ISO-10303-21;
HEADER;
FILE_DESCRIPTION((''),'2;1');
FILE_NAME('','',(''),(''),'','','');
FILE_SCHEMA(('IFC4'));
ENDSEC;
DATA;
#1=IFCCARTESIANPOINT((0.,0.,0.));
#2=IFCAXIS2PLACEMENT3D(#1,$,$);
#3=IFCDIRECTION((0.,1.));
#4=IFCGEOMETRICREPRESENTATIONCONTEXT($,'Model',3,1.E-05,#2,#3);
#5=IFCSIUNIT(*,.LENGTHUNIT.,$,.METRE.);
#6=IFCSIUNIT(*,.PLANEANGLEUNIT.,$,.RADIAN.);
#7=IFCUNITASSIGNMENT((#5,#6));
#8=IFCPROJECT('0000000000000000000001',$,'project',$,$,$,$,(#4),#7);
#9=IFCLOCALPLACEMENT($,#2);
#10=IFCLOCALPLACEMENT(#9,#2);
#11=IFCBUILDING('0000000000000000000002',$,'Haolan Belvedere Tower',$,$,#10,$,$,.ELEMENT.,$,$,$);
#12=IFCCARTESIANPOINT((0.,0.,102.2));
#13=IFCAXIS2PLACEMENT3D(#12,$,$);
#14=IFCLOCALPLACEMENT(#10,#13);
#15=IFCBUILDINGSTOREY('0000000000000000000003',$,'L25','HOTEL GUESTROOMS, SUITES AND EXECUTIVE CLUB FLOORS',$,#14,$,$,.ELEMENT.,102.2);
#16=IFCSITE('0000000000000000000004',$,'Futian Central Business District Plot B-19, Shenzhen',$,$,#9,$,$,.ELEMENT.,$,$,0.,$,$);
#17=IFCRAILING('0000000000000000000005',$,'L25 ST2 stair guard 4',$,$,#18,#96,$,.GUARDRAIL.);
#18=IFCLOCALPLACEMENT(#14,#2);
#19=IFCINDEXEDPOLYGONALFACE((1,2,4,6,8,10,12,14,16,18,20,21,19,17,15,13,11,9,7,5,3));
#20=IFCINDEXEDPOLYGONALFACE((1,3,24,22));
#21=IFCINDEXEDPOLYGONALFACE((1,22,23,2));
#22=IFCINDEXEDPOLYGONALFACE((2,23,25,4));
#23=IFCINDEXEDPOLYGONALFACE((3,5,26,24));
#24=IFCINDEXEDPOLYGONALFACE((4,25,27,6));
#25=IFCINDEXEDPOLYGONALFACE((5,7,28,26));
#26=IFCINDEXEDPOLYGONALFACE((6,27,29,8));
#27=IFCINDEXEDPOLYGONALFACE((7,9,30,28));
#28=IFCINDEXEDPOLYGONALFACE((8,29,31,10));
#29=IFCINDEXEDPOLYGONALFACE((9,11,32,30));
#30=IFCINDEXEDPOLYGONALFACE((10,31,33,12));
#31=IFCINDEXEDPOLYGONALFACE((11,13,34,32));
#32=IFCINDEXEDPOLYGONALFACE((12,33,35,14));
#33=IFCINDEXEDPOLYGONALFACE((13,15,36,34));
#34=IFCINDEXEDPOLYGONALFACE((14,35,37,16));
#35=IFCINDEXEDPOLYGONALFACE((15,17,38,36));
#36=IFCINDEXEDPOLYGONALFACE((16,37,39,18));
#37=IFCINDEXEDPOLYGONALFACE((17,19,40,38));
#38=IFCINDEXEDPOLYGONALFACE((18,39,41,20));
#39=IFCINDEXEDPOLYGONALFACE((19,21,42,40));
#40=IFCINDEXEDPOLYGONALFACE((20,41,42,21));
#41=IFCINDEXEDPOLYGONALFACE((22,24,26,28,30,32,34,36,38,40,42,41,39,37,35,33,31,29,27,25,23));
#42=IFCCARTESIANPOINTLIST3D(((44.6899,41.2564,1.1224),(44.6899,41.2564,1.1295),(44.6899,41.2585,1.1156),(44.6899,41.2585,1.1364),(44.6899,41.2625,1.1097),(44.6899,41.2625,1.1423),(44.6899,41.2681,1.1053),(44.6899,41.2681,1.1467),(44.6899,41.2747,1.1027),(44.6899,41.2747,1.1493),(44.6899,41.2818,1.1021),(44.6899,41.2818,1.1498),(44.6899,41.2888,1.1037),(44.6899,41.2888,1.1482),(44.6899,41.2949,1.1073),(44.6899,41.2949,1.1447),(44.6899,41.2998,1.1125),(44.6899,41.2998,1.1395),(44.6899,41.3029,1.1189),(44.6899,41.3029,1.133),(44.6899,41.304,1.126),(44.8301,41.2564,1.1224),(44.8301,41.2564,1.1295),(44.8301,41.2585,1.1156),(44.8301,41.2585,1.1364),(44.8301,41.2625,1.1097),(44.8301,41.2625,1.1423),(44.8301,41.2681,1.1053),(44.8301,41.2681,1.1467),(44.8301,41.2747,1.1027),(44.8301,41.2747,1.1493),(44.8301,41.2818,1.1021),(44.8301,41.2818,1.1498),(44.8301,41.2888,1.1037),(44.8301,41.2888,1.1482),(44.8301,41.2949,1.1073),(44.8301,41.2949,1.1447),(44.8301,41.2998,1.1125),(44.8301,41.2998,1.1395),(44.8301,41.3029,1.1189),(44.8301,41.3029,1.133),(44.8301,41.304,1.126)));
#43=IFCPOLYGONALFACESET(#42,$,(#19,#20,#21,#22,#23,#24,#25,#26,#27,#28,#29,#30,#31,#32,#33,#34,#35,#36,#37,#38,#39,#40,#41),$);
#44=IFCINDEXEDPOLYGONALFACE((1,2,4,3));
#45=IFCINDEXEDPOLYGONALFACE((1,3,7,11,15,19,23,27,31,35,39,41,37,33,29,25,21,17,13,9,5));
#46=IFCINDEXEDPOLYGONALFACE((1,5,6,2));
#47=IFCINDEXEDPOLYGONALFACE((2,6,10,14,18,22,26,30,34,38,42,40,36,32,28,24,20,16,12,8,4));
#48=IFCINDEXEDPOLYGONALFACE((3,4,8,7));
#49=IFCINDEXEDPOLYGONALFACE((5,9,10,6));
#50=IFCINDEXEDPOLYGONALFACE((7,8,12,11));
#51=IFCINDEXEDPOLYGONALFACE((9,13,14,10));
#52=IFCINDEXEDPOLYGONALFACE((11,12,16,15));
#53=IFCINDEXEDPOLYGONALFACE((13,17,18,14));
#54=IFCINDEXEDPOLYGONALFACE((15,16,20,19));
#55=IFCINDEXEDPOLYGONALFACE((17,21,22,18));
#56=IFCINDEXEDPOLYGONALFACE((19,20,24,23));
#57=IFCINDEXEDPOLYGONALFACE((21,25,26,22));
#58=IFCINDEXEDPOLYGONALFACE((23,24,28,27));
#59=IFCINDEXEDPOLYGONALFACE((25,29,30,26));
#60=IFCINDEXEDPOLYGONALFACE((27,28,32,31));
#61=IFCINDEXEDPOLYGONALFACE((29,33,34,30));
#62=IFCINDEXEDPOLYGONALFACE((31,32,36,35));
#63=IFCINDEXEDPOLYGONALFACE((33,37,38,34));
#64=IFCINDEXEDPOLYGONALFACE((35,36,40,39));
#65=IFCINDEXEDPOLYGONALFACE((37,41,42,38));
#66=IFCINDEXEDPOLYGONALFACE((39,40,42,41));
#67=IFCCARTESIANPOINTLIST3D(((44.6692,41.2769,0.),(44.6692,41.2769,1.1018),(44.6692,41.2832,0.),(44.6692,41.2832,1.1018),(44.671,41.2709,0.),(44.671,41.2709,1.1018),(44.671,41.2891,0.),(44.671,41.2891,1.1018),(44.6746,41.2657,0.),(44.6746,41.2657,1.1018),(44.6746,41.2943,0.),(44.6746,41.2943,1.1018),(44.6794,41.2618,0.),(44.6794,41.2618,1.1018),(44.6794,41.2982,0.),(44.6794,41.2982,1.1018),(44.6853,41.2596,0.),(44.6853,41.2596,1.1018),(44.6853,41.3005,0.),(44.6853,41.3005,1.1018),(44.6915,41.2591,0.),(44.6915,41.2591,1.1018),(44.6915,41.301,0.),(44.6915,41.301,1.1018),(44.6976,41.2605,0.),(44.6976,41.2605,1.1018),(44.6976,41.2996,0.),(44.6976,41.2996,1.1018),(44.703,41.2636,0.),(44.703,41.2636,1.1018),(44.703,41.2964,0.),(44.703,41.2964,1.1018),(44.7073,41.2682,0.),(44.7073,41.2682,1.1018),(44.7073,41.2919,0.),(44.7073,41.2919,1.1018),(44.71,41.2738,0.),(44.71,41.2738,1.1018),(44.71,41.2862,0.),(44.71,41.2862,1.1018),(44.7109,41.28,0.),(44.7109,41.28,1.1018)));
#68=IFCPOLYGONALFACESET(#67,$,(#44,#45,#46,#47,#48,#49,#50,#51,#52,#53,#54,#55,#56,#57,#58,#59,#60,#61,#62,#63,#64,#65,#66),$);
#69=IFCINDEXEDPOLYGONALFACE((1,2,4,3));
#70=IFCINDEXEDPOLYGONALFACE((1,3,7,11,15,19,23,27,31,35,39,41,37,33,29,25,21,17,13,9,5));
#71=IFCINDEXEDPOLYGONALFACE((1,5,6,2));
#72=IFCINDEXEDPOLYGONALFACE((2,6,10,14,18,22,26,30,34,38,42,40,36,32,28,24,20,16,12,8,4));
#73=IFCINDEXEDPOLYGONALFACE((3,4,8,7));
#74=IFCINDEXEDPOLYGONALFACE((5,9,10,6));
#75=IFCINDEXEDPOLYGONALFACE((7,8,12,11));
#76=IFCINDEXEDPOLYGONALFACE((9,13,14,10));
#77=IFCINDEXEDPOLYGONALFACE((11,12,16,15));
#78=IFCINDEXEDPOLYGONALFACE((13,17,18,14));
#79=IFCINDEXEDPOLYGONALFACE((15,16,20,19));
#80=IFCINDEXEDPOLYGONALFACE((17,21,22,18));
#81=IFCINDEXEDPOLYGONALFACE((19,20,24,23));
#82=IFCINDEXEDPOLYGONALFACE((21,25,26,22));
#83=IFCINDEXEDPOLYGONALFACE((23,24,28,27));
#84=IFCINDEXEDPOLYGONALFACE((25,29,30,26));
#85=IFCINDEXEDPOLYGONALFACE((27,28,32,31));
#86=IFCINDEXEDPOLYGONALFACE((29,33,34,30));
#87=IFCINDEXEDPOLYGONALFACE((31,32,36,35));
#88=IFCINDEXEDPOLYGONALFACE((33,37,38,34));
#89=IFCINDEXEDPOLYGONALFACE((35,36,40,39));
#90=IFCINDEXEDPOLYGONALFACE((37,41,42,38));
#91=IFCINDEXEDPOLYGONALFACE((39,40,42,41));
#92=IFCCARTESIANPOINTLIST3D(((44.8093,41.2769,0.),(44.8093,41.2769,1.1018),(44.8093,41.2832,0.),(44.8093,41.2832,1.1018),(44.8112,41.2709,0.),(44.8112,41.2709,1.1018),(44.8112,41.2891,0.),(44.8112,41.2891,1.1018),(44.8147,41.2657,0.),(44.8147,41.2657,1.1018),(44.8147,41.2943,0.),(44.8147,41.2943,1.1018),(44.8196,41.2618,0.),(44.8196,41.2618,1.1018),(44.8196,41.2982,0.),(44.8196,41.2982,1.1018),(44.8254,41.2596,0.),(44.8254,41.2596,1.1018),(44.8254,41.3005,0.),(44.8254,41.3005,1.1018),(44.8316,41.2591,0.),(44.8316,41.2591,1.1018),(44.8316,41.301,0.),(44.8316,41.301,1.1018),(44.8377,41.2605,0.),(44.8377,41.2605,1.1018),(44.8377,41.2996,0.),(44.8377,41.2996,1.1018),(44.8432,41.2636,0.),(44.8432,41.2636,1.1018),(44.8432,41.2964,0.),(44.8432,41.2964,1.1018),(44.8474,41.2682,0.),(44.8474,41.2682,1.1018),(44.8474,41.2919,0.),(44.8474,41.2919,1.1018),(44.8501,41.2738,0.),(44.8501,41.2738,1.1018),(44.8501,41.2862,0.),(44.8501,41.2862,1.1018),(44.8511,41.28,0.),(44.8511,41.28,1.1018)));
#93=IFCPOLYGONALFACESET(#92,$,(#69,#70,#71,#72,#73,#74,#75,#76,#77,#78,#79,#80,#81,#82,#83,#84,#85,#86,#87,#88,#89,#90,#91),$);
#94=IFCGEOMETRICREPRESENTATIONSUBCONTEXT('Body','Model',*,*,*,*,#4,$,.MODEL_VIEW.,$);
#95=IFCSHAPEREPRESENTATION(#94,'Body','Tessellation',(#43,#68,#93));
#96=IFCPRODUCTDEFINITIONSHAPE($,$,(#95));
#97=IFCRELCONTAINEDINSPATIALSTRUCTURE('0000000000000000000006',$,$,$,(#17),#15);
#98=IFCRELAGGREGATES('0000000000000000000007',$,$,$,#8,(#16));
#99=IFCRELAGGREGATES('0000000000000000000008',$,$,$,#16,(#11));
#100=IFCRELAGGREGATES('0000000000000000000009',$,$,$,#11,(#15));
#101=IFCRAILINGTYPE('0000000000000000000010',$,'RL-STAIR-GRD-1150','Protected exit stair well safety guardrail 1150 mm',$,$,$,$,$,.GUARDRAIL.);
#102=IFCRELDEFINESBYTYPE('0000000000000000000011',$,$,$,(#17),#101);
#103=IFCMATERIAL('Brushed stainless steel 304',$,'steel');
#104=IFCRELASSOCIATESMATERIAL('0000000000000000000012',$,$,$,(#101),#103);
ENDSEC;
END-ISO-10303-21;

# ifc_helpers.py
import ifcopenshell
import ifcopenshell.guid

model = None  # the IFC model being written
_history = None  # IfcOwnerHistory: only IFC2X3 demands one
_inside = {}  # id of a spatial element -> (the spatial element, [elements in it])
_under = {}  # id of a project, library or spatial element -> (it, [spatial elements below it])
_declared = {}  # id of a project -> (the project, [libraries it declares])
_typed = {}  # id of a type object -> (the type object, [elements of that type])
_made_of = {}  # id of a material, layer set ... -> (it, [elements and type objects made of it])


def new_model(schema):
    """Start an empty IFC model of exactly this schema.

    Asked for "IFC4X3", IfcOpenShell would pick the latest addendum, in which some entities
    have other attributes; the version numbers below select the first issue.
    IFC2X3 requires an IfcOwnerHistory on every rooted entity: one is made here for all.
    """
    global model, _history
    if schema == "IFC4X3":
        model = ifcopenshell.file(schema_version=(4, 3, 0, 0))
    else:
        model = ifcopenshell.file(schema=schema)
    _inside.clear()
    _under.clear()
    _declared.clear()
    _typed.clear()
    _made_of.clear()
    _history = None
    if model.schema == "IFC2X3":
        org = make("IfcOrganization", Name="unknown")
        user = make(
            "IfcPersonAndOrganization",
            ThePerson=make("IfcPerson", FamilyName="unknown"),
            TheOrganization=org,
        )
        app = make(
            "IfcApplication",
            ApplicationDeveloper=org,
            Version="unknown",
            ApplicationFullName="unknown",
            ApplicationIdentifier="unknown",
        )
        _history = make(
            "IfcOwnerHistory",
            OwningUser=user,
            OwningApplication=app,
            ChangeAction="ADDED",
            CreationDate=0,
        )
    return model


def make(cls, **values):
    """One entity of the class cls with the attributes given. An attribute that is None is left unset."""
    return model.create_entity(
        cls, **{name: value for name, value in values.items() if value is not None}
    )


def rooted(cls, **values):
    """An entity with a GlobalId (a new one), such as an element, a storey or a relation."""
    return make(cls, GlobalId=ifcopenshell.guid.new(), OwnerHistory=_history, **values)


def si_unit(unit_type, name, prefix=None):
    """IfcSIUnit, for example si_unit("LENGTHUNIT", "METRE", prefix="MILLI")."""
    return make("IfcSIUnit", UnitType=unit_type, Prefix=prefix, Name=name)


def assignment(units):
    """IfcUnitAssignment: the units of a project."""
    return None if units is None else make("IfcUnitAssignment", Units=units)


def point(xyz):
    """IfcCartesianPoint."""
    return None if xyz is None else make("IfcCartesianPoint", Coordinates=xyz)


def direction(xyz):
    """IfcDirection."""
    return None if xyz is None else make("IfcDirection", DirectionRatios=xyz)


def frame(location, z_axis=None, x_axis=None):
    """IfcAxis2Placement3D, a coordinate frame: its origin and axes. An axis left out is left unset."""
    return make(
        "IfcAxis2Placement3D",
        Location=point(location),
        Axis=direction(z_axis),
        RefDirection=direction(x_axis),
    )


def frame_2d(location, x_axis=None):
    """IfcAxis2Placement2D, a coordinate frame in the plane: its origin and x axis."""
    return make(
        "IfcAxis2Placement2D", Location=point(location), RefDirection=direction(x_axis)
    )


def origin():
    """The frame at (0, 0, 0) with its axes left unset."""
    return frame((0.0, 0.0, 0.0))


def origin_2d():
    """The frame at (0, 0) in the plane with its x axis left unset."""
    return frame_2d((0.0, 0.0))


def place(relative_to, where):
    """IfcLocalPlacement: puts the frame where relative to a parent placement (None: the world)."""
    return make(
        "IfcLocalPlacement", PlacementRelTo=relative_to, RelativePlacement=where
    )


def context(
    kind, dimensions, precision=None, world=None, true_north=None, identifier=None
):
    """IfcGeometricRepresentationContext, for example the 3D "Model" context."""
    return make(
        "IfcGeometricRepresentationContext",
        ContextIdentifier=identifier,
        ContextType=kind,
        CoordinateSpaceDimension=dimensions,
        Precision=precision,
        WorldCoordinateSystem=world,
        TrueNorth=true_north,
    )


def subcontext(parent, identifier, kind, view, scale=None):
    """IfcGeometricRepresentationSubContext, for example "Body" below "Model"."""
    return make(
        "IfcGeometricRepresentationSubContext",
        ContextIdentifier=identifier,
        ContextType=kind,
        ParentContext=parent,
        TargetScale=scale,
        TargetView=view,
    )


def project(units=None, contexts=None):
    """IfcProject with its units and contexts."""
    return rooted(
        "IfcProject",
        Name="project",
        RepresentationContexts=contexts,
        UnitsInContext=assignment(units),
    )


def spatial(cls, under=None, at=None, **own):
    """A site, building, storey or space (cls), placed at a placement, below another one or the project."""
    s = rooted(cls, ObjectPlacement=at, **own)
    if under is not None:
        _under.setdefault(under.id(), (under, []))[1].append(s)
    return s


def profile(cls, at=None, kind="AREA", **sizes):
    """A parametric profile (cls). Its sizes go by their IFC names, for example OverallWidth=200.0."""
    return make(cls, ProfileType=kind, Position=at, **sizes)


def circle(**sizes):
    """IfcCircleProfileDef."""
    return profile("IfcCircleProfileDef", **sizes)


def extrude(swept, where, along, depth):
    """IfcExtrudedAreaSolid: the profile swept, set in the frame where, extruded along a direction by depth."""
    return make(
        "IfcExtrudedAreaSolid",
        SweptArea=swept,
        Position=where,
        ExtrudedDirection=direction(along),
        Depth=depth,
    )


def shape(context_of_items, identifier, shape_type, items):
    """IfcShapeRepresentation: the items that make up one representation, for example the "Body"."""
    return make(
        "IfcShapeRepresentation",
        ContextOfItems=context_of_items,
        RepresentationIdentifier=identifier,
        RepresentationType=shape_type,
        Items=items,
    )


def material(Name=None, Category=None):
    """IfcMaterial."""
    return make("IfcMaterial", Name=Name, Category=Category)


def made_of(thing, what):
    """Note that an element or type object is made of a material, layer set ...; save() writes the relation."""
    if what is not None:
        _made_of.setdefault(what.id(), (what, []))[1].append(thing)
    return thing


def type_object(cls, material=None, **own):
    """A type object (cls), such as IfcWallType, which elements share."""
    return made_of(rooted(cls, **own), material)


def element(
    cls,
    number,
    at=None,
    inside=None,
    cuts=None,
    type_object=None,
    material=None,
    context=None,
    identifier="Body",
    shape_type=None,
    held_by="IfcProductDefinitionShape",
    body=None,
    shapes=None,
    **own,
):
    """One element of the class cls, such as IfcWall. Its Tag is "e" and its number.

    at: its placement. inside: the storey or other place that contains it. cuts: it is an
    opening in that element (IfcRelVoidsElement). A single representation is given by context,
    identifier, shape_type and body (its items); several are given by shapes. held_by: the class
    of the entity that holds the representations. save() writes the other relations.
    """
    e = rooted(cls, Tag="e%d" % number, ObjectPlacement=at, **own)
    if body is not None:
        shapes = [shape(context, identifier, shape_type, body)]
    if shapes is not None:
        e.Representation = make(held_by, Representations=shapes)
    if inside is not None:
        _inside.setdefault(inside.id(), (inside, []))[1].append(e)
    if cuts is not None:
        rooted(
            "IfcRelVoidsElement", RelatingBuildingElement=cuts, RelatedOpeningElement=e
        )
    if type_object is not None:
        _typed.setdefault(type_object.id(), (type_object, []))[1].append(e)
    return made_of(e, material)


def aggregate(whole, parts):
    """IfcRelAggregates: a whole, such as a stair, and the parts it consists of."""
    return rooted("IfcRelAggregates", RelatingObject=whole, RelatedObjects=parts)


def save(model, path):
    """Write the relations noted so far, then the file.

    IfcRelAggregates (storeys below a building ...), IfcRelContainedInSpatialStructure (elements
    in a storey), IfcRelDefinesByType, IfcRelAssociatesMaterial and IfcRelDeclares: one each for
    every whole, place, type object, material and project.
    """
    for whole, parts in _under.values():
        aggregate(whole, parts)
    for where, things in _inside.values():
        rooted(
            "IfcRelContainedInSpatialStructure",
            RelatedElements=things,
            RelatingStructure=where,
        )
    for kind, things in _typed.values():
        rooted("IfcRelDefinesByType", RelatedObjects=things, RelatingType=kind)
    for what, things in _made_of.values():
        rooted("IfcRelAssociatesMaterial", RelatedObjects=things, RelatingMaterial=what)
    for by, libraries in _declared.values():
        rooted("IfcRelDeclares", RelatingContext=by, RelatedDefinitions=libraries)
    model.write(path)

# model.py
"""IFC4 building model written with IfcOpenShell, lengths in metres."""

from ifc_helpers import new_model, si_unit, direction, frame, origin, origin_2d, place, context, subcontext, project, spatial, circle, extrude, material, type_object, element, save


model = new_model("IFC4")

# Units and contexts
model_context = context("Model", 3, precision=1e-05, world=origin(), true_north=direction((0.0, 1.0)))
body_context = subcontext(model_context, "Body", "Model", "MODEL_VIEW")
ifc_project = project(units=[si_unit("LENGTHUNIT", "METRE"), si_unit("PLANEANGLEUNIT", "RADIAN")], contexts=[model_context])

# Site, building, storey
site_placement = place(None, origin())
site = spatial("IfcSite", under=ifc_project, at=site_placement, Name="Futian Central Business District Plot B-19, Shenzhen", CompositionType="ELEMENT", RefElevation=0.0)
building_placement = place(site_placement, origin())
building = spatial("IfcBuilding", under=site, at=building_placement, Name="Haolan Belvedere Tower", CompositionType="ELEMENT")
storey_placement = place(building_placement, frame((0.0, 0.0, 102.2)))
storey = spatial("IfcBuildingStorey", under=building, at=storey_placement, Name="L25", Description="HOTEL GUESTROOMS, SUITES AND EXECUTIVE CLUB FLOORS", CompositionType="ELEMENT", Elevation=102.2)

# Railing
ifc_material_1 = material(Name="Brushed stainless steel 304", Category="steel")
railing_type_1 = type_object("IfcRailingType", Name="RL-STAIR-GRD-1150", Description="Protected exit stair well safety guardrail 1150 mm", PredefinedType="GUARDRAIL", material=ifc_material_1)
railing_1_placement = place(storey_placement, frame((44.6899, 41.28, 0.0)))
element("IfcRailing", 1, at=railing_1_placement, inside=storey, type_object=railing_type_1, Name="L25 ST2 stair guard 4", PredefinedType="GUARDRAIL", context=body_context, shape_type="SweptSolid", body=[
    extrude(circle(Radius=0.0239, at=origin_2d()), frame((0.0, 0.0, 1.126), z_axis=(1.0, 0.0, 0.0), x_axis=(0.0, 1.0, 0.0)), (0.0, 0.0, 1.0), 0.1401),
    extrude(circle(Radius=0.021, at=origin_2d()), origin(), (0.0, 0.0, 1.0), 1.1018),
    extrude(circle(Radius=0.021, at=origin_2d()), frame((0.1401, 0.0, 0.0)), (0.0, 0.0, 1.0), 1.1018),
])

save(model, "model.ifc")
